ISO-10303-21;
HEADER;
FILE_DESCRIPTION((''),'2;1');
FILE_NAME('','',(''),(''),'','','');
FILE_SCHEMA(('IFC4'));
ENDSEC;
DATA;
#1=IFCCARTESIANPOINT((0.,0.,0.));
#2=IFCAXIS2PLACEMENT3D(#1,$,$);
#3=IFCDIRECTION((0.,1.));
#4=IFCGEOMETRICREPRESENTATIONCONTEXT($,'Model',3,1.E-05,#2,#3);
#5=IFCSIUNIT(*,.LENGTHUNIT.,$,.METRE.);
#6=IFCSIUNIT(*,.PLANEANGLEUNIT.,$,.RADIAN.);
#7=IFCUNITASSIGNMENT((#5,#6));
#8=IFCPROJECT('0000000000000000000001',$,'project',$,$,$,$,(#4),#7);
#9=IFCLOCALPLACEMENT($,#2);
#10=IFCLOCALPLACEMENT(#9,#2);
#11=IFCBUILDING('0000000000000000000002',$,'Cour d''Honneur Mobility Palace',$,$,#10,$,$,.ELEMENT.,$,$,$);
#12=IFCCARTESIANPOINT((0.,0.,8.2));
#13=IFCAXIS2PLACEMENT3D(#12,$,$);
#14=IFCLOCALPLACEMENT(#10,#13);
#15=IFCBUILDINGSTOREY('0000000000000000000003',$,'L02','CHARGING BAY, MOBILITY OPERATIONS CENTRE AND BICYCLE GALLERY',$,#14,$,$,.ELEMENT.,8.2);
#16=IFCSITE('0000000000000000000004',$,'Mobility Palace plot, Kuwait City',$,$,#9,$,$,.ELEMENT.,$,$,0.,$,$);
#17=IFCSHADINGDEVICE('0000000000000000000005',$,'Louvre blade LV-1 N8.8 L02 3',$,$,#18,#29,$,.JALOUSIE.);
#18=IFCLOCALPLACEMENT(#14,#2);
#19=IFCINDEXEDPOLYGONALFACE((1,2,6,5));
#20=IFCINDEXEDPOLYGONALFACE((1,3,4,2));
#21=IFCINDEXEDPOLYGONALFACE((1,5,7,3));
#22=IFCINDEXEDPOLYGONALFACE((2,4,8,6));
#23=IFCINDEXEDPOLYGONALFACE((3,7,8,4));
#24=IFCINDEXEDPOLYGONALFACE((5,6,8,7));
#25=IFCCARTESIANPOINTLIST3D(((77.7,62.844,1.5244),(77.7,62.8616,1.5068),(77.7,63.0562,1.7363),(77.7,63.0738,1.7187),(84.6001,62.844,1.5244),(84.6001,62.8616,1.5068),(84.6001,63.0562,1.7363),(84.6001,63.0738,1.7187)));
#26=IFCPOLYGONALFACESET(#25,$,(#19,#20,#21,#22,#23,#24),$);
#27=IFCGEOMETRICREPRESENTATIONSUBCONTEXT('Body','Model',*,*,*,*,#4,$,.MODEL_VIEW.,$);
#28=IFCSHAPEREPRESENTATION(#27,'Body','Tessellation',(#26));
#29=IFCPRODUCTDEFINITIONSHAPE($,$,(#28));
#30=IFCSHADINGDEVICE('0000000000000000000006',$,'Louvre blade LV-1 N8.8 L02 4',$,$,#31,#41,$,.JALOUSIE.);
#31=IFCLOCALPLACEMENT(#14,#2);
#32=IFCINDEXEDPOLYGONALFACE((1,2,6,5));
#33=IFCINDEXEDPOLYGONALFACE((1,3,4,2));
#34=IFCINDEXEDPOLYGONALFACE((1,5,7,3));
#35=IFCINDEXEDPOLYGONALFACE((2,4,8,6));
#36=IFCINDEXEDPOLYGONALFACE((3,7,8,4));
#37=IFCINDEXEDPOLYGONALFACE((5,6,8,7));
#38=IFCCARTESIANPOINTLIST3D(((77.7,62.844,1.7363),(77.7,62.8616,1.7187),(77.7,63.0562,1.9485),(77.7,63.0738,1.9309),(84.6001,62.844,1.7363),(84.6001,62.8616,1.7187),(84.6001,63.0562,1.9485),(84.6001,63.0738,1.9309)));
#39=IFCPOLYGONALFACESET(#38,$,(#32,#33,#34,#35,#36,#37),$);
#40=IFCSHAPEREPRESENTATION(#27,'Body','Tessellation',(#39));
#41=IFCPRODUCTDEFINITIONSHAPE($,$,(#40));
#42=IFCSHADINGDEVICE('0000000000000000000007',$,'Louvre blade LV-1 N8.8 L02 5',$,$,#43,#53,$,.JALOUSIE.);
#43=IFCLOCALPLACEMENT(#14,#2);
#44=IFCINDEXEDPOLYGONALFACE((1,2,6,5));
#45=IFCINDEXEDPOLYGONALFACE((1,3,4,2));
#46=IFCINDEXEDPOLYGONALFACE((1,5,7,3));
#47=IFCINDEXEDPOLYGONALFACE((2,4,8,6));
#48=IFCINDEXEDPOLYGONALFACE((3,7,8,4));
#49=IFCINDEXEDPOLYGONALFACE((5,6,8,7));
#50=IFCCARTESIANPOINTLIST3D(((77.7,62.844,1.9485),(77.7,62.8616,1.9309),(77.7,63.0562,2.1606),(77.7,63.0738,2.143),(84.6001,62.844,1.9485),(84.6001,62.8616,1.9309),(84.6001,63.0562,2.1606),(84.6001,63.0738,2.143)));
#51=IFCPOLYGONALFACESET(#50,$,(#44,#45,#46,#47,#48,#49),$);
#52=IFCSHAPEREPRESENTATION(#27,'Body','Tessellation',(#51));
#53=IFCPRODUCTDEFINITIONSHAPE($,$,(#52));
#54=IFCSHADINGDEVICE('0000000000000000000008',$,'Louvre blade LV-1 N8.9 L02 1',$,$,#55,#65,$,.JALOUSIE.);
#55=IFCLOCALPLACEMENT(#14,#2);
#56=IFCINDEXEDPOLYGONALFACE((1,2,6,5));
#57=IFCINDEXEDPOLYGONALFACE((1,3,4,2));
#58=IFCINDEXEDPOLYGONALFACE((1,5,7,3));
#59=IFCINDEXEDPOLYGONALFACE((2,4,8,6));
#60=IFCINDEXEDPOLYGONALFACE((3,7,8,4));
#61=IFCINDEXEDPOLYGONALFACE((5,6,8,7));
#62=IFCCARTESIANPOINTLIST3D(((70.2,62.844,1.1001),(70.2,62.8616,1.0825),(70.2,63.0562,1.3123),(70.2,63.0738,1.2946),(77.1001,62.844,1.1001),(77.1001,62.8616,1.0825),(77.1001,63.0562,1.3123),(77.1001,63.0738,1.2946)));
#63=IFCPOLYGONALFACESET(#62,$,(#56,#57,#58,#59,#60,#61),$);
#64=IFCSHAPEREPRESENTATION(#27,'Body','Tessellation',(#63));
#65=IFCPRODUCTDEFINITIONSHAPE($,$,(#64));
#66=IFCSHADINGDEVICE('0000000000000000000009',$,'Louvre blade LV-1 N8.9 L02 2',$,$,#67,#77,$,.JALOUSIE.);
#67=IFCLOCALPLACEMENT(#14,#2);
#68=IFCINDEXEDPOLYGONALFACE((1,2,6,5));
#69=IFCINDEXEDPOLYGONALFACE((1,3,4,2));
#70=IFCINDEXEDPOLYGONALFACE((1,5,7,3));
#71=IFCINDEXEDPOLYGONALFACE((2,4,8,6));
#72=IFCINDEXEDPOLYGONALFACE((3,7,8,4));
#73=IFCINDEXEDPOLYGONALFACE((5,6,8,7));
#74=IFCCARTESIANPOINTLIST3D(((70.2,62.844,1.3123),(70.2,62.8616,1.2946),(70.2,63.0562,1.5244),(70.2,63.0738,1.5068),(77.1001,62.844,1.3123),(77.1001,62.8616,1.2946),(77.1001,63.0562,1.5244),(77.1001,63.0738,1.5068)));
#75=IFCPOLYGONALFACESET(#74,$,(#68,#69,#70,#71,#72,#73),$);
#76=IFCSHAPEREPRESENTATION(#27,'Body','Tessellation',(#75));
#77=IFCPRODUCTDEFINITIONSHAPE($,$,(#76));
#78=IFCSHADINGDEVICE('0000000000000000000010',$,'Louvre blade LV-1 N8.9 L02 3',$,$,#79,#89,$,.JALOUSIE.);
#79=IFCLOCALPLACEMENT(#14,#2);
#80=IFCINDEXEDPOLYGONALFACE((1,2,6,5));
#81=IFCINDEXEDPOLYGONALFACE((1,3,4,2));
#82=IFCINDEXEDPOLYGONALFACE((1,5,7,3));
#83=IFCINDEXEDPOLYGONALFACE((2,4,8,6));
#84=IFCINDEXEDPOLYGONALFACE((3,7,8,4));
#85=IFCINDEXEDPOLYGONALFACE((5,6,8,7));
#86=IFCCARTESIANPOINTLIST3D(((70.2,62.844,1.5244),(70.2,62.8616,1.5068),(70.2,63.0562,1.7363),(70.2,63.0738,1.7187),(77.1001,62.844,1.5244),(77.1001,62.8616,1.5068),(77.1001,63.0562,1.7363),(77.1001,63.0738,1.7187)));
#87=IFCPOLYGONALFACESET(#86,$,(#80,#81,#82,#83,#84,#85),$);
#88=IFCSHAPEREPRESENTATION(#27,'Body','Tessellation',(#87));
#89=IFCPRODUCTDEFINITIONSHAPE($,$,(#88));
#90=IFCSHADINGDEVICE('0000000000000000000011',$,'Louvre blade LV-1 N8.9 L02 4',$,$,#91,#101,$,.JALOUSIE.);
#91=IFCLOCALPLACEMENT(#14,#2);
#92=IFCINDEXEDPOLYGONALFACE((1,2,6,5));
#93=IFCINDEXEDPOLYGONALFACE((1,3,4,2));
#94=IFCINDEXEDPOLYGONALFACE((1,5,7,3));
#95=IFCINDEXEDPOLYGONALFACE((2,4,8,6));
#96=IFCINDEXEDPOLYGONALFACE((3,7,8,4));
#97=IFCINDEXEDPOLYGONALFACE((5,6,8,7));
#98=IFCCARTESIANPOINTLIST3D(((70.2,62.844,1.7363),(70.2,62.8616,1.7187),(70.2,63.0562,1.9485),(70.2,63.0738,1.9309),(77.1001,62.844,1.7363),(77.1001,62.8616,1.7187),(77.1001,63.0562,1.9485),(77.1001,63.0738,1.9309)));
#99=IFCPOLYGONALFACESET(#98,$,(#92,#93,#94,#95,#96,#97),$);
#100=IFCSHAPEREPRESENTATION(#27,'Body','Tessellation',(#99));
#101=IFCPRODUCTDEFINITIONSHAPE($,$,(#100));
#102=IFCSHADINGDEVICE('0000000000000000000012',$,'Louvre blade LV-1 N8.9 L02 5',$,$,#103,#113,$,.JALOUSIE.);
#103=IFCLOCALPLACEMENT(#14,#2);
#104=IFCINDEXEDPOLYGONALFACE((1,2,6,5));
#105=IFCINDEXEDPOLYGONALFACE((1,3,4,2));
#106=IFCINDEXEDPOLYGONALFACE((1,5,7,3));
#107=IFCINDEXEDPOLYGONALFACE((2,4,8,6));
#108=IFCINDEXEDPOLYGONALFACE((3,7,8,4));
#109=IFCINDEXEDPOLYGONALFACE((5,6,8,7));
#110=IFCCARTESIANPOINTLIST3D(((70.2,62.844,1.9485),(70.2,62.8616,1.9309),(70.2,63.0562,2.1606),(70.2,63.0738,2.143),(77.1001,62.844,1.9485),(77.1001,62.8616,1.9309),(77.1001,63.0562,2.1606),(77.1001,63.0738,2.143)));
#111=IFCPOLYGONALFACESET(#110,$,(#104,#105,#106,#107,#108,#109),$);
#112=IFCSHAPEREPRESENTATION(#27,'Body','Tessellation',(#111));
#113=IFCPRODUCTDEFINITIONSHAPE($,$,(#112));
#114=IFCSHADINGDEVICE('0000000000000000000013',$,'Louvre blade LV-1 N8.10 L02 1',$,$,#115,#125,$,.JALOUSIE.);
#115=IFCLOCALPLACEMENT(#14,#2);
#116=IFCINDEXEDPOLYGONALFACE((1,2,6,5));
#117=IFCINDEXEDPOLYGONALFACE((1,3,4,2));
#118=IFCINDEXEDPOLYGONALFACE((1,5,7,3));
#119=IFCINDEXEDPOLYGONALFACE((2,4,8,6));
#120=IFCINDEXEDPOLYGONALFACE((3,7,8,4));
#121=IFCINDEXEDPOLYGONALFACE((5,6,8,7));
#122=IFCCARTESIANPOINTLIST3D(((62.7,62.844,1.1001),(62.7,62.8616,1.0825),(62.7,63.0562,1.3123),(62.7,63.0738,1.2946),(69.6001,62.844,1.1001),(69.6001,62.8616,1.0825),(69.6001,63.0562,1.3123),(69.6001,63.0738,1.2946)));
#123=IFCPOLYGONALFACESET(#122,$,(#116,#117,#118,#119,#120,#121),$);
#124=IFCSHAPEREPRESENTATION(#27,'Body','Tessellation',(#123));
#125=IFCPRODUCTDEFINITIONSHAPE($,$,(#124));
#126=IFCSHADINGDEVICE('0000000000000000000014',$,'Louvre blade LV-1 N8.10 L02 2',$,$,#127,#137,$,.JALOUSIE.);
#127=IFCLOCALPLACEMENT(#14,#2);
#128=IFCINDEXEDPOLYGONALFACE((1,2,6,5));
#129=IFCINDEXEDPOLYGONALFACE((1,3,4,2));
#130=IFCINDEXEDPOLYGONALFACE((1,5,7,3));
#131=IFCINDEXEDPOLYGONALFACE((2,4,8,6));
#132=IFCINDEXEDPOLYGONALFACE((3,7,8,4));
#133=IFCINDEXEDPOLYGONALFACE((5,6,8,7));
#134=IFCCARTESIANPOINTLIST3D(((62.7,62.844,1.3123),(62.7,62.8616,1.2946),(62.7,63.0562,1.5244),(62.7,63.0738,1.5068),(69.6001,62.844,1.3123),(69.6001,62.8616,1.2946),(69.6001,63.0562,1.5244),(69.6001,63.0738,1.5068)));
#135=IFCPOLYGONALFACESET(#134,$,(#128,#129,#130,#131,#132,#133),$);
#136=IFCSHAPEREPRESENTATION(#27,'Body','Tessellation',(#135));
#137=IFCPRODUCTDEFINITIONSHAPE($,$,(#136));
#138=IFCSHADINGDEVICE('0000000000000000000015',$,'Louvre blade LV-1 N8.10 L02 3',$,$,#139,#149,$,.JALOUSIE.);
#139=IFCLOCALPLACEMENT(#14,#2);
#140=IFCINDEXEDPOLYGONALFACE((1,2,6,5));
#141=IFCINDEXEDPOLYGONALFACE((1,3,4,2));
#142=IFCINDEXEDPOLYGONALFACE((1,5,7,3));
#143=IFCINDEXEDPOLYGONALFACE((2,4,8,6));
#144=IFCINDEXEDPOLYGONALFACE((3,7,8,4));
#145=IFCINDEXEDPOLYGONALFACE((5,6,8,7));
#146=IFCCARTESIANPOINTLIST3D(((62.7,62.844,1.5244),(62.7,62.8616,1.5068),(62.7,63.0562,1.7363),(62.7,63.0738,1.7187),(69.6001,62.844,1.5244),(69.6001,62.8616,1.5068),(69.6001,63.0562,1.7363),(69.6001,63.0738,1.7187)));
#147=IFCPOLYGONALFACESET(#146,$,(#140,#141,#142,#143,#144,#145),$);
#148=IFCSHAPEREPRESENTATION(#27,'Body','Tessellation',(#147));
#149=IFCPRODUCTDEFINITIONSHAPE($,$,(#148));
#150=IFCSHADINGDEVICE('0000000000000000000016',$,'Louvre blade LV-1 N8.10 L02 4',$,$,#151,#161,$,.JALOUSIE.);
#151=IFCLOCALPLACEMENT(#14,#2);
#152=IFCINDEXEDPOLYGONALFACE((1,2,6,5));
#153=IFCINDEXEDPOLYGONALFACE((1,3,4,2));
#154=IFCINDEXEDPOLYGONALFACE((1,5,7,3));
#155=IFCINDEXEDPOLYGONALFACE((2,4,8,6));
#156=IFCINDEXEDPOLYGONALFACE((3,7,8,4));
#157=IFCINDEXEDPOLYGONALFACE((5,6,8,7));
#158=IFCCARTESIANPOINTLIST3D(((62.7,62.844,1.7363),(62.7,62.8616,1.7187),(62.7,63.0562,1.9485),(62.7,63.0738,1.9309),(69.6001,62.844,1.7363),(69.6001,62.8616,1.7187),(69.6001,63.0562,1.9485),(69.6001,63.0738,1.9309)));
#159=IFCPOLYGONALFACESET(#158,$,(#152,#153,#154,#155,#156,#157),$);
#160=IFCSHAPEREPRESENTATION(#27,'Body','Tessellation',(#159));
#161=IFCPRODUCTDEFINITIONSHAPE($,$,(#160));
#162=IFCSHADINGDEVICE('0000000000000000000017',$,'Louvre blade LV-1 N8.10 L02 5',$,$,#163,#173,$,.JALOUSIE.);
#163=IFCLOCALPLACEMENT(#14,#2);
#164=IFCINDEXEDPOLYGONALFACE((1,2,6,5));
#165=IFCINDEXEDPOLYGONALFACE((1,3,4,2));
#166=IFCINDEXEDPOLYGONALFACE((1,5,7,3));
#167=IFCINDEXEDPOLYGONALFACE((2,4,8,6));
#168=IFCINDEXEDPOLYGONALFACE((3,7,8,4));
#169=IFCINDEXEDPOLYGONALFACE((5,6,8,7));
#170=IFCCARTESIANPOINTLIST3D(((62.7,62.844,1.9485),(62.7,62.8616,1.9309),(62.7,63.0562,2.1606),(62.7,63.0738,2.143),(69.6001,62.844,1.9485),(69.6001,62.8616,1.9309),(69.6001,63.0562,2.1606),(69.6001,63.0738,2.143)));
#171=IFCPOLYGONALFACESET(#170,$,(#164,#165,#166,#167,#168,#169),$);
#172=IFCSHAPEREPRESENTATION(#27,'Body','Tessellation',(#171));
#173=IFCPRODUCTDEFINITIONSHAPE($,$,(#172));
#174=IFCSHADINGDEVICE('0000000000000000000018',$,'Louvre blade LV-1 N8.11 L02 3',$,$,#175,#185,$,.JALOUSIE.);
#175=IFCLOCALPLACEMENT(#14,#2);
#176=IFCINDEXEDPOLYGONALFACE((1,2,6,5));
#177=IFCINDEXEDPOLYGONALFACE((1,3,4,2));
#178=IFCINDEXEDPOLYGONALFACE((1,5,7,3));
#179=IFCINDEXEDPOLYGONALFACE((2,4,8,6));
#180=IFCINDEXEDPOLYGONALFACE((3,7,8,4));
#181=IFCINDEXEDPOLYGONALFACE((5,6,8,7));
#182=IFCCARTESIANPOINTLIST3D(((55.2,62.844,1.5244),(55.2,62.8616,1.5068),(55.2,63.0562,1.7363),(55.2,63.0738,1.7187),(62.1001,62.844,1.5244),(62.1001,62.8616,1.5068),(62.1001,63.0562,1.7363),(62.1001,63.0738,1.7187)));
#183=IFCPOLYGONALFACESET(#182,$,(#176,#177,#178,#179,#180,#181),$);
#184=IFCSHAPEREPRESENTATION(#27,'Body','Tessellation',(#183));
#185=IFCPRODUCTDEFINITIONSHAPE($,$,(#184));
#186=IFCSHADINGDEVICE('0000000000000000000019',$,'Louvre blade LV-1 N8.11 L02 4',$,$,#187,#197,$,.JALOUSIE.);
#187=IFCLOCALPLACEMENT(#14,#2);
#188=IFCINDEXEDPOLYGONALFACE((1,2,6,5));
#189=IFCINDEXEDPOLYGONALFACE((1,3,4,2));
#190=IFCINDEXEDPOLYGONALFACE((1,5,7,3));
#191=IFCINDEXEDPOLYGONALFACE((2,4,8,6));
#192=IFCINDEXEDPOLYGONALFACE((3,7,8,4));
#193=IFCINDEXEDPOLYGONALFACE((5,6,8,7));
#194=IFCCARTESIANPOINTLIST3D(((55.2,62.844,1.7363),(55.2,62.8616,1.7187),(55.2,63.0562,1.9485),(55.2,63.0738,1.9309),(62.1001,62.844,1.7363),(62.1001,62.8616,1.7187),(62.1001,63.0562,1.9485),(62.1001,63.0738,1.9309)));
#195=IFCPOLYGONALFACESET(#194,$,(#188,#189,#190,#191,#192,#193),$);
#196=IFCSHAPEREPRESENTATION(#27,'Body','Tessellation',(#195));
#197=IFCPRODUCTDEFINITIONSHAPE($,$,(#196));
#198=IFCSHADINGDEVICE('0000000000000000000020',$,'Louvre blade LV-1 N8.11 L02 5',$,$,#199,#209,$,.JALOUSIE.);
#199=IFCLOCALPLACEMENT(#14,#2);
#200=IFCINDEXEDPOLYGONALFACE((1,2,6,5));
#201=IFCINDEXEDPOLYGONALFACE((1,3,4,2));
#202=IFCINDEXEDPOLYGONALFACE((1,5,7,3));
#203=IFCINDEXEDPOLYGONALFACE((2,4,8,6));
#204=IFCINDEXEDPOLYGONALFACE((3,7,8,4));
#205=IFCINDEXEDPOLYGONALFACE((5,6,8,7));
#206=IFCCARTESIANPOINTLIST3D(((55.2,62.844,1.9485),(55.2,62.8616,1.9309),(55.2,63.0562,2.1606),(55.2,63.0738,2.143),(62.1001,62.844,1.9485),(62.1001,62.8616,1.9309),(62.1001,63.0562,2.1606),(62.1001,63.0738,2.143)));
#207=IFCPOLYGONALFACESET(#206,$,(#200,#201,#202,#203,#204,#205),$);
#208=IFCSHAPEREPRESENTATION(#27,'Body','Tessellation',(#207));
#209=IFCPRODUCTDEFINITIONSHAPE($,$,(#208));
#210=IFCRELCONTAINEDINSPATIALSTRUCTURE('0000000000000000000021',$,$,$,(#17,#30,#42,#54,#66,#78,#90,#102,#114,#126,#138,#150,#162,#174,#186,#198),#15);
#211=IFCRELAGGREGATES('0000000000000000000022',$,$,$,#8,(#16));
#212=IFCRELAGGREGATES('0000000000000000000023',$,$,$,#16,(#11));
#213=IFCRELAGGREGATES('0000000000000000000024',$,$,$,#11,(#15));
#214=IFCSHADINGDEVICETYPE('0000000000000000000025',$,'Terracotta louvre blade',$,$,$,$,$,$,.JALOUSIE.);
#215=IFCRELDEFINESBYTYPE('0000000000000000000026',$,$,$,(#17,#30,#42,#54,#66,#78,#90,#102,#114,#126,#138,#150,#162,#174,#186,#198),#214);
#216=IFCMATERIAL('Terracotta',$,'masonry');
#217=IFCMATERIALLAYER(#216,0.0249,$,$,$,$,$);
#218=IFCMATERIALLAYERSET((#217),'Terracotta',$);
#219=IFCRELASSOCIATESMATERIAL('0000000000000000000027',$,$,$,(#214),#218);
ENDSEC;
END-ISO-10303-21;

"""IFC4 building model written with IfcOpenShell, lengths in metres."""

from ifc_helpers import new_model, si_unit, direction, frame, origin, place, context, subcontext, project, spatial, polyline, outline, extrude, material, layer, layer_set, type_object, element, save


model = new_model("IFC4")

# Units and contexts
model_context = context("Model", 3, precision=1e-05, world=origin(), true_north=direction((0.0, 1.0)))
body_context = subcontext(model_context, "Body", "Model", "MODEL_VIEW")
ifc_project = project(units=[si_unit("LENGTHUNIT", "METRE"), si_unit("PLANEANGLEUNIT", "RADIAN")], contexts=[model_context])

# Site, building, storey
site_placement = place(None, origin())
site = spatial("IfcSite", under=ifc_project, at=site_placement, Name="Mobility Palace plot, Kuwait City", CompositionType="ELEMENT", RefElevation=0.0)
building_placement = place(site_placement, origin())
building = spatial("IfcBuilding", under=site, at=building_placement, Name="Cour d'Honneur Mobility Palace", CompositionType="ELEMENT")
storey_placement = place(building_placement, frame((0.0, 0.0, 8.2)))
storey = spatial("IfcBuildingStorey", under=building, at=storey_placement, Name="L02", Description="CHARGING BAY, MOBILITY OPERATIONS CENTRE AND BICYCLE GALLERY", CompositionType="ELEMENT", Elevation=8.2)

# Shading devices
ifc_material_1 = material(Name="Terracotta", Category="masonry")
ifc_layer_1 = layer(ifc_material_1, 0.0249)
ifc_layer_set_1 = layer_set([ifc_layer_1], Name="Terracotta")
shading_device_type = type_object("IfcShadingDeviceType", Name="Terracotta louvre blade", PredefinedType="JALOUSIE", material=ifc_layer_set_1)
shading_device_1_placement = place(storey_placement, frame((84.6001, 62.844, 1.5244), z_axis=(0.0, -0.7067, 0.707514), x_axis=(-1.0, 0.0, 0.0)))
element("IfcShadingDevice", 1, at=shading_device_1_placement, inside=storey, type_object=shading_device_type, Name="Louvre blade LV-1 N8.8 L02 3", PredefinedType="JALOUSIE", context=body_context, shape_type="SweptSolid", body=[
    extrude(outline(polyline([(0.0, 0.0), (6.9001, 0.0), (6.9001, -0.2999), (0.0, -0.2999), (0.0, 0.0)])), origin(), (0.0, 0.0, -1.0), 0.0249),
])
for number, where, z_axis, x_axis, name in (
    (2, (84.6001, 62.844, 1.7363), (0.0, -0.707107, 0.707107), (-1.0, 0.0, 0.0), "Louvre blade LV-1 N8.8 L02 4"),
    (3, (84.6001, 62.844, 1.9485), (0.0, -0.707107, 0.707107), (-1.0, 0.0, 0.0), "Louvre blade LV-1 N8.8 L02 5"),
    (4, (77.1001, 62.844, 1.1001), (0.0, -0.707107, 0.707107), (-1.0, 0.0, 0.0), "Louvre blade LV-1 N8.9 L02 1"),
    (5, (77.1001, 62.844, 1.3123), (0.0, -0.707107, 0.707107), (-1.0, 0.0, 0.0), "Louvre blade LV-1 N8.9 L02 2"),
):
    element("IfcShadingDevice", number, at=place(storey_placement, frame(where, z_axis=z_axis, x_axis=x_axis)), inside=storey, type_object=shading_device_type, Name=name, PredefinedType="JALOUSIE", context=body_context, shape_type="SweptSolid", body=[
        extrude(outline(polyline([(0.0, 0.0), (6.9001, 0.0), (6.9001, -0.3), (0.0, -0.3), (0.0, 0.0)])), origin(), (0.0, 0.0, -1.0), 0.0249),
    ])
shading_device_2_placement = place(storey_placement, frame((77.1001, 62.844, 1.5244), z_axis=(0.0, -0.7067, 0.707514), x_axis=(-1.0, 0.0, 0.0)))
element("IfcShadingDevice", 6, at=shading_device_2_placement, inside=storey, type_object=shading_device_type, Name="Louvre blade LV-1 N8.9 L02 3", PredefinedType="JALOUSIE", context=body_context, shape_type="SweptSolid", body=[
    extrude(outline(polyline([(0.0, 0.0), (6.9001, 0.0), (6.9001, -0.2999), (0.0, -0.2999), (0.0, 0.0)])), origin(), (0.0, 0.0, -1.0), 0.0249),
])
for number, where, z_axis, x_axis, name in (
    (7, (77.1001, 62.844, 1.7363), (0.0, -0.707107, 0.707107), (-1.0, 0.0, 0.0), "Louvre blade LV-1 N8.9 L02 4"),
    (8, (77.1001, 62.844, 1.9485), (0.0, -0.707107, 0.707107), (-1.0, 0.0, 0.0), "Louvre blade LV-1 N8.9 L02 5"),
    (9, (69.6001, 62.844, 1.1001), (0.0, -0.707107, 0.707107), (-1.0, 0.0, 0.0), "Louvre blade LV-1 N8.10 L02 1"),
    (10, (69.6001, 62.844, 1.3123), (0.0, -0.707107, 0.707107), (-1.0, 0.0, 0.0), "Louvre blade LV-1 N8.10 L02 2"),
):
    element("IfcShadingDevice", number, at=place(storey_placement, frame(where, z_axis=z_axis, x_axis=x_axis)), inside=storey, type_object=shading_device_type, Name=name, PredefinedType="JALOUSIE", context=body_context, shape_type="SweptSolid", body=[
        extrude(outline(polyline([(0.0, 0.0), (6.9001, 0.0), (6.9001, -0.3), (0.0, -0.3), (0.0, 0.0)])), origin(), (0.0, 0.0, -1.0), 0.0249),
    ])
shading_device_3_placement = place(storey_placement, frame((69.6001, 62.844, 1.5244), z_axis=(0.0, -0.7067, 0.707514), x_axis=(-1.0, 0.0, 0.0)))
element("IfcShadingDevice", 11, at=shading_device_3_placement, inside=storey, type_object=shading_device_type, Name="Louvre blade LV-1 N8.10 L02 3", PredefinedType="JALOUSIE", context=body_context, shape_type="SweptSolid", body=[
    extrude(outline(polyline([(0.0, 0.0), (6.9001, 0.0), (6.9001, -0.2999), (0.0, -0.2999), (0.0, 0.0)])), origin(), (0.0, 0.0, -1.0), 0.0249),
])
for number, where, z_axis, x_axis, name in (
    (12, (69.6001, 62.844, 1.7363), (0.0, -0.707107, 0.707107), (-1.0, 0.0, 0.0), "Louvre blade LV-1 N8.10 L02 4"),
    (13, (69.6001, 62.844, 1.9485), (0.0, -0.707107, 0.707107), (-1.0, 0.0, 0.0), "Louvre blade LV-1 N8.10 L02 5"),
):
    element("IfcShadingDevice", number, at=place(storey_placement, frame(where, z_axis=z_axis, x_axis=x_axis)), inside=storey, type_object=shading_device_type, Name=name, PredefinedType="JALOUSIE", context=body_context, shape_type="SweptSolid", body=[
        extrude(outline(polyline([(0.0, 0.0), (6.9001, 0.0), (6.9001, -0.3), (0.0, -0.3), (0.0, 0.0)])), origin(), (0.0, 0.0, -1.0), 0.0249),
    ])
shading_device_4_placement = place(storey_placement, frame((62.1001, 62.844, 1.5244), z_axis=(0.0, -0.7067, 0.707514), x_axis=(-1.0, 0.0, 0.0)))
element("IfcShadingDevice", 14, at=shading_device_4_placement, inside=storey, type_object=shading_device_type, Name="Louvre blade LV-1 N8.11 L02 3", PredefinedType="JALOUSIE", context=body_context, shape_type="SweptSolid", body=[
    extrude(outline(polyline([(0.0, 0.0), (6.9001, 0.0), (6.9001, -0.2999), (0.0, -0.2999), (0.0, 0.0)])), origin(), (0.0, 0.0, -1.0), 0.0249),
])
for number, where, z_axis, x_axis, name in (
    (15, (62.1001, 62.844, 1.7363), (0.0, -0.707107, 0.707107), (-1.0, 0.0, 0.0), "Louvre blade LV-1 N8.11 L02 4"),
    (16, (62.1001, 62.844, 1.9485), (0.0, -0.707107, 0.707107), (-1.0, 0.0, 0.0), "Louvre blade LV-1 N8.11 L02 5"),
):
    element("IfcShadingDevice", number, at=place(storey_placement, frame(where, z_axis=z_axis, x_axis=x_axis)), inside=storey, type_object=shading_device_type, Name=name, PredefinedType="JALOUSIE", context=body_context, shape_type="SweptSolid", body=[
        extrude(outline(polyline([(0.0, 0.0), (6.9001, 0.0), (6.9001, -0.3), (0.0, -0.3), (0.0, 0.0)])), origin(), (0.0, 0.0, -1.0), 0.0249),
    ])

save(model, "model.ifc")
